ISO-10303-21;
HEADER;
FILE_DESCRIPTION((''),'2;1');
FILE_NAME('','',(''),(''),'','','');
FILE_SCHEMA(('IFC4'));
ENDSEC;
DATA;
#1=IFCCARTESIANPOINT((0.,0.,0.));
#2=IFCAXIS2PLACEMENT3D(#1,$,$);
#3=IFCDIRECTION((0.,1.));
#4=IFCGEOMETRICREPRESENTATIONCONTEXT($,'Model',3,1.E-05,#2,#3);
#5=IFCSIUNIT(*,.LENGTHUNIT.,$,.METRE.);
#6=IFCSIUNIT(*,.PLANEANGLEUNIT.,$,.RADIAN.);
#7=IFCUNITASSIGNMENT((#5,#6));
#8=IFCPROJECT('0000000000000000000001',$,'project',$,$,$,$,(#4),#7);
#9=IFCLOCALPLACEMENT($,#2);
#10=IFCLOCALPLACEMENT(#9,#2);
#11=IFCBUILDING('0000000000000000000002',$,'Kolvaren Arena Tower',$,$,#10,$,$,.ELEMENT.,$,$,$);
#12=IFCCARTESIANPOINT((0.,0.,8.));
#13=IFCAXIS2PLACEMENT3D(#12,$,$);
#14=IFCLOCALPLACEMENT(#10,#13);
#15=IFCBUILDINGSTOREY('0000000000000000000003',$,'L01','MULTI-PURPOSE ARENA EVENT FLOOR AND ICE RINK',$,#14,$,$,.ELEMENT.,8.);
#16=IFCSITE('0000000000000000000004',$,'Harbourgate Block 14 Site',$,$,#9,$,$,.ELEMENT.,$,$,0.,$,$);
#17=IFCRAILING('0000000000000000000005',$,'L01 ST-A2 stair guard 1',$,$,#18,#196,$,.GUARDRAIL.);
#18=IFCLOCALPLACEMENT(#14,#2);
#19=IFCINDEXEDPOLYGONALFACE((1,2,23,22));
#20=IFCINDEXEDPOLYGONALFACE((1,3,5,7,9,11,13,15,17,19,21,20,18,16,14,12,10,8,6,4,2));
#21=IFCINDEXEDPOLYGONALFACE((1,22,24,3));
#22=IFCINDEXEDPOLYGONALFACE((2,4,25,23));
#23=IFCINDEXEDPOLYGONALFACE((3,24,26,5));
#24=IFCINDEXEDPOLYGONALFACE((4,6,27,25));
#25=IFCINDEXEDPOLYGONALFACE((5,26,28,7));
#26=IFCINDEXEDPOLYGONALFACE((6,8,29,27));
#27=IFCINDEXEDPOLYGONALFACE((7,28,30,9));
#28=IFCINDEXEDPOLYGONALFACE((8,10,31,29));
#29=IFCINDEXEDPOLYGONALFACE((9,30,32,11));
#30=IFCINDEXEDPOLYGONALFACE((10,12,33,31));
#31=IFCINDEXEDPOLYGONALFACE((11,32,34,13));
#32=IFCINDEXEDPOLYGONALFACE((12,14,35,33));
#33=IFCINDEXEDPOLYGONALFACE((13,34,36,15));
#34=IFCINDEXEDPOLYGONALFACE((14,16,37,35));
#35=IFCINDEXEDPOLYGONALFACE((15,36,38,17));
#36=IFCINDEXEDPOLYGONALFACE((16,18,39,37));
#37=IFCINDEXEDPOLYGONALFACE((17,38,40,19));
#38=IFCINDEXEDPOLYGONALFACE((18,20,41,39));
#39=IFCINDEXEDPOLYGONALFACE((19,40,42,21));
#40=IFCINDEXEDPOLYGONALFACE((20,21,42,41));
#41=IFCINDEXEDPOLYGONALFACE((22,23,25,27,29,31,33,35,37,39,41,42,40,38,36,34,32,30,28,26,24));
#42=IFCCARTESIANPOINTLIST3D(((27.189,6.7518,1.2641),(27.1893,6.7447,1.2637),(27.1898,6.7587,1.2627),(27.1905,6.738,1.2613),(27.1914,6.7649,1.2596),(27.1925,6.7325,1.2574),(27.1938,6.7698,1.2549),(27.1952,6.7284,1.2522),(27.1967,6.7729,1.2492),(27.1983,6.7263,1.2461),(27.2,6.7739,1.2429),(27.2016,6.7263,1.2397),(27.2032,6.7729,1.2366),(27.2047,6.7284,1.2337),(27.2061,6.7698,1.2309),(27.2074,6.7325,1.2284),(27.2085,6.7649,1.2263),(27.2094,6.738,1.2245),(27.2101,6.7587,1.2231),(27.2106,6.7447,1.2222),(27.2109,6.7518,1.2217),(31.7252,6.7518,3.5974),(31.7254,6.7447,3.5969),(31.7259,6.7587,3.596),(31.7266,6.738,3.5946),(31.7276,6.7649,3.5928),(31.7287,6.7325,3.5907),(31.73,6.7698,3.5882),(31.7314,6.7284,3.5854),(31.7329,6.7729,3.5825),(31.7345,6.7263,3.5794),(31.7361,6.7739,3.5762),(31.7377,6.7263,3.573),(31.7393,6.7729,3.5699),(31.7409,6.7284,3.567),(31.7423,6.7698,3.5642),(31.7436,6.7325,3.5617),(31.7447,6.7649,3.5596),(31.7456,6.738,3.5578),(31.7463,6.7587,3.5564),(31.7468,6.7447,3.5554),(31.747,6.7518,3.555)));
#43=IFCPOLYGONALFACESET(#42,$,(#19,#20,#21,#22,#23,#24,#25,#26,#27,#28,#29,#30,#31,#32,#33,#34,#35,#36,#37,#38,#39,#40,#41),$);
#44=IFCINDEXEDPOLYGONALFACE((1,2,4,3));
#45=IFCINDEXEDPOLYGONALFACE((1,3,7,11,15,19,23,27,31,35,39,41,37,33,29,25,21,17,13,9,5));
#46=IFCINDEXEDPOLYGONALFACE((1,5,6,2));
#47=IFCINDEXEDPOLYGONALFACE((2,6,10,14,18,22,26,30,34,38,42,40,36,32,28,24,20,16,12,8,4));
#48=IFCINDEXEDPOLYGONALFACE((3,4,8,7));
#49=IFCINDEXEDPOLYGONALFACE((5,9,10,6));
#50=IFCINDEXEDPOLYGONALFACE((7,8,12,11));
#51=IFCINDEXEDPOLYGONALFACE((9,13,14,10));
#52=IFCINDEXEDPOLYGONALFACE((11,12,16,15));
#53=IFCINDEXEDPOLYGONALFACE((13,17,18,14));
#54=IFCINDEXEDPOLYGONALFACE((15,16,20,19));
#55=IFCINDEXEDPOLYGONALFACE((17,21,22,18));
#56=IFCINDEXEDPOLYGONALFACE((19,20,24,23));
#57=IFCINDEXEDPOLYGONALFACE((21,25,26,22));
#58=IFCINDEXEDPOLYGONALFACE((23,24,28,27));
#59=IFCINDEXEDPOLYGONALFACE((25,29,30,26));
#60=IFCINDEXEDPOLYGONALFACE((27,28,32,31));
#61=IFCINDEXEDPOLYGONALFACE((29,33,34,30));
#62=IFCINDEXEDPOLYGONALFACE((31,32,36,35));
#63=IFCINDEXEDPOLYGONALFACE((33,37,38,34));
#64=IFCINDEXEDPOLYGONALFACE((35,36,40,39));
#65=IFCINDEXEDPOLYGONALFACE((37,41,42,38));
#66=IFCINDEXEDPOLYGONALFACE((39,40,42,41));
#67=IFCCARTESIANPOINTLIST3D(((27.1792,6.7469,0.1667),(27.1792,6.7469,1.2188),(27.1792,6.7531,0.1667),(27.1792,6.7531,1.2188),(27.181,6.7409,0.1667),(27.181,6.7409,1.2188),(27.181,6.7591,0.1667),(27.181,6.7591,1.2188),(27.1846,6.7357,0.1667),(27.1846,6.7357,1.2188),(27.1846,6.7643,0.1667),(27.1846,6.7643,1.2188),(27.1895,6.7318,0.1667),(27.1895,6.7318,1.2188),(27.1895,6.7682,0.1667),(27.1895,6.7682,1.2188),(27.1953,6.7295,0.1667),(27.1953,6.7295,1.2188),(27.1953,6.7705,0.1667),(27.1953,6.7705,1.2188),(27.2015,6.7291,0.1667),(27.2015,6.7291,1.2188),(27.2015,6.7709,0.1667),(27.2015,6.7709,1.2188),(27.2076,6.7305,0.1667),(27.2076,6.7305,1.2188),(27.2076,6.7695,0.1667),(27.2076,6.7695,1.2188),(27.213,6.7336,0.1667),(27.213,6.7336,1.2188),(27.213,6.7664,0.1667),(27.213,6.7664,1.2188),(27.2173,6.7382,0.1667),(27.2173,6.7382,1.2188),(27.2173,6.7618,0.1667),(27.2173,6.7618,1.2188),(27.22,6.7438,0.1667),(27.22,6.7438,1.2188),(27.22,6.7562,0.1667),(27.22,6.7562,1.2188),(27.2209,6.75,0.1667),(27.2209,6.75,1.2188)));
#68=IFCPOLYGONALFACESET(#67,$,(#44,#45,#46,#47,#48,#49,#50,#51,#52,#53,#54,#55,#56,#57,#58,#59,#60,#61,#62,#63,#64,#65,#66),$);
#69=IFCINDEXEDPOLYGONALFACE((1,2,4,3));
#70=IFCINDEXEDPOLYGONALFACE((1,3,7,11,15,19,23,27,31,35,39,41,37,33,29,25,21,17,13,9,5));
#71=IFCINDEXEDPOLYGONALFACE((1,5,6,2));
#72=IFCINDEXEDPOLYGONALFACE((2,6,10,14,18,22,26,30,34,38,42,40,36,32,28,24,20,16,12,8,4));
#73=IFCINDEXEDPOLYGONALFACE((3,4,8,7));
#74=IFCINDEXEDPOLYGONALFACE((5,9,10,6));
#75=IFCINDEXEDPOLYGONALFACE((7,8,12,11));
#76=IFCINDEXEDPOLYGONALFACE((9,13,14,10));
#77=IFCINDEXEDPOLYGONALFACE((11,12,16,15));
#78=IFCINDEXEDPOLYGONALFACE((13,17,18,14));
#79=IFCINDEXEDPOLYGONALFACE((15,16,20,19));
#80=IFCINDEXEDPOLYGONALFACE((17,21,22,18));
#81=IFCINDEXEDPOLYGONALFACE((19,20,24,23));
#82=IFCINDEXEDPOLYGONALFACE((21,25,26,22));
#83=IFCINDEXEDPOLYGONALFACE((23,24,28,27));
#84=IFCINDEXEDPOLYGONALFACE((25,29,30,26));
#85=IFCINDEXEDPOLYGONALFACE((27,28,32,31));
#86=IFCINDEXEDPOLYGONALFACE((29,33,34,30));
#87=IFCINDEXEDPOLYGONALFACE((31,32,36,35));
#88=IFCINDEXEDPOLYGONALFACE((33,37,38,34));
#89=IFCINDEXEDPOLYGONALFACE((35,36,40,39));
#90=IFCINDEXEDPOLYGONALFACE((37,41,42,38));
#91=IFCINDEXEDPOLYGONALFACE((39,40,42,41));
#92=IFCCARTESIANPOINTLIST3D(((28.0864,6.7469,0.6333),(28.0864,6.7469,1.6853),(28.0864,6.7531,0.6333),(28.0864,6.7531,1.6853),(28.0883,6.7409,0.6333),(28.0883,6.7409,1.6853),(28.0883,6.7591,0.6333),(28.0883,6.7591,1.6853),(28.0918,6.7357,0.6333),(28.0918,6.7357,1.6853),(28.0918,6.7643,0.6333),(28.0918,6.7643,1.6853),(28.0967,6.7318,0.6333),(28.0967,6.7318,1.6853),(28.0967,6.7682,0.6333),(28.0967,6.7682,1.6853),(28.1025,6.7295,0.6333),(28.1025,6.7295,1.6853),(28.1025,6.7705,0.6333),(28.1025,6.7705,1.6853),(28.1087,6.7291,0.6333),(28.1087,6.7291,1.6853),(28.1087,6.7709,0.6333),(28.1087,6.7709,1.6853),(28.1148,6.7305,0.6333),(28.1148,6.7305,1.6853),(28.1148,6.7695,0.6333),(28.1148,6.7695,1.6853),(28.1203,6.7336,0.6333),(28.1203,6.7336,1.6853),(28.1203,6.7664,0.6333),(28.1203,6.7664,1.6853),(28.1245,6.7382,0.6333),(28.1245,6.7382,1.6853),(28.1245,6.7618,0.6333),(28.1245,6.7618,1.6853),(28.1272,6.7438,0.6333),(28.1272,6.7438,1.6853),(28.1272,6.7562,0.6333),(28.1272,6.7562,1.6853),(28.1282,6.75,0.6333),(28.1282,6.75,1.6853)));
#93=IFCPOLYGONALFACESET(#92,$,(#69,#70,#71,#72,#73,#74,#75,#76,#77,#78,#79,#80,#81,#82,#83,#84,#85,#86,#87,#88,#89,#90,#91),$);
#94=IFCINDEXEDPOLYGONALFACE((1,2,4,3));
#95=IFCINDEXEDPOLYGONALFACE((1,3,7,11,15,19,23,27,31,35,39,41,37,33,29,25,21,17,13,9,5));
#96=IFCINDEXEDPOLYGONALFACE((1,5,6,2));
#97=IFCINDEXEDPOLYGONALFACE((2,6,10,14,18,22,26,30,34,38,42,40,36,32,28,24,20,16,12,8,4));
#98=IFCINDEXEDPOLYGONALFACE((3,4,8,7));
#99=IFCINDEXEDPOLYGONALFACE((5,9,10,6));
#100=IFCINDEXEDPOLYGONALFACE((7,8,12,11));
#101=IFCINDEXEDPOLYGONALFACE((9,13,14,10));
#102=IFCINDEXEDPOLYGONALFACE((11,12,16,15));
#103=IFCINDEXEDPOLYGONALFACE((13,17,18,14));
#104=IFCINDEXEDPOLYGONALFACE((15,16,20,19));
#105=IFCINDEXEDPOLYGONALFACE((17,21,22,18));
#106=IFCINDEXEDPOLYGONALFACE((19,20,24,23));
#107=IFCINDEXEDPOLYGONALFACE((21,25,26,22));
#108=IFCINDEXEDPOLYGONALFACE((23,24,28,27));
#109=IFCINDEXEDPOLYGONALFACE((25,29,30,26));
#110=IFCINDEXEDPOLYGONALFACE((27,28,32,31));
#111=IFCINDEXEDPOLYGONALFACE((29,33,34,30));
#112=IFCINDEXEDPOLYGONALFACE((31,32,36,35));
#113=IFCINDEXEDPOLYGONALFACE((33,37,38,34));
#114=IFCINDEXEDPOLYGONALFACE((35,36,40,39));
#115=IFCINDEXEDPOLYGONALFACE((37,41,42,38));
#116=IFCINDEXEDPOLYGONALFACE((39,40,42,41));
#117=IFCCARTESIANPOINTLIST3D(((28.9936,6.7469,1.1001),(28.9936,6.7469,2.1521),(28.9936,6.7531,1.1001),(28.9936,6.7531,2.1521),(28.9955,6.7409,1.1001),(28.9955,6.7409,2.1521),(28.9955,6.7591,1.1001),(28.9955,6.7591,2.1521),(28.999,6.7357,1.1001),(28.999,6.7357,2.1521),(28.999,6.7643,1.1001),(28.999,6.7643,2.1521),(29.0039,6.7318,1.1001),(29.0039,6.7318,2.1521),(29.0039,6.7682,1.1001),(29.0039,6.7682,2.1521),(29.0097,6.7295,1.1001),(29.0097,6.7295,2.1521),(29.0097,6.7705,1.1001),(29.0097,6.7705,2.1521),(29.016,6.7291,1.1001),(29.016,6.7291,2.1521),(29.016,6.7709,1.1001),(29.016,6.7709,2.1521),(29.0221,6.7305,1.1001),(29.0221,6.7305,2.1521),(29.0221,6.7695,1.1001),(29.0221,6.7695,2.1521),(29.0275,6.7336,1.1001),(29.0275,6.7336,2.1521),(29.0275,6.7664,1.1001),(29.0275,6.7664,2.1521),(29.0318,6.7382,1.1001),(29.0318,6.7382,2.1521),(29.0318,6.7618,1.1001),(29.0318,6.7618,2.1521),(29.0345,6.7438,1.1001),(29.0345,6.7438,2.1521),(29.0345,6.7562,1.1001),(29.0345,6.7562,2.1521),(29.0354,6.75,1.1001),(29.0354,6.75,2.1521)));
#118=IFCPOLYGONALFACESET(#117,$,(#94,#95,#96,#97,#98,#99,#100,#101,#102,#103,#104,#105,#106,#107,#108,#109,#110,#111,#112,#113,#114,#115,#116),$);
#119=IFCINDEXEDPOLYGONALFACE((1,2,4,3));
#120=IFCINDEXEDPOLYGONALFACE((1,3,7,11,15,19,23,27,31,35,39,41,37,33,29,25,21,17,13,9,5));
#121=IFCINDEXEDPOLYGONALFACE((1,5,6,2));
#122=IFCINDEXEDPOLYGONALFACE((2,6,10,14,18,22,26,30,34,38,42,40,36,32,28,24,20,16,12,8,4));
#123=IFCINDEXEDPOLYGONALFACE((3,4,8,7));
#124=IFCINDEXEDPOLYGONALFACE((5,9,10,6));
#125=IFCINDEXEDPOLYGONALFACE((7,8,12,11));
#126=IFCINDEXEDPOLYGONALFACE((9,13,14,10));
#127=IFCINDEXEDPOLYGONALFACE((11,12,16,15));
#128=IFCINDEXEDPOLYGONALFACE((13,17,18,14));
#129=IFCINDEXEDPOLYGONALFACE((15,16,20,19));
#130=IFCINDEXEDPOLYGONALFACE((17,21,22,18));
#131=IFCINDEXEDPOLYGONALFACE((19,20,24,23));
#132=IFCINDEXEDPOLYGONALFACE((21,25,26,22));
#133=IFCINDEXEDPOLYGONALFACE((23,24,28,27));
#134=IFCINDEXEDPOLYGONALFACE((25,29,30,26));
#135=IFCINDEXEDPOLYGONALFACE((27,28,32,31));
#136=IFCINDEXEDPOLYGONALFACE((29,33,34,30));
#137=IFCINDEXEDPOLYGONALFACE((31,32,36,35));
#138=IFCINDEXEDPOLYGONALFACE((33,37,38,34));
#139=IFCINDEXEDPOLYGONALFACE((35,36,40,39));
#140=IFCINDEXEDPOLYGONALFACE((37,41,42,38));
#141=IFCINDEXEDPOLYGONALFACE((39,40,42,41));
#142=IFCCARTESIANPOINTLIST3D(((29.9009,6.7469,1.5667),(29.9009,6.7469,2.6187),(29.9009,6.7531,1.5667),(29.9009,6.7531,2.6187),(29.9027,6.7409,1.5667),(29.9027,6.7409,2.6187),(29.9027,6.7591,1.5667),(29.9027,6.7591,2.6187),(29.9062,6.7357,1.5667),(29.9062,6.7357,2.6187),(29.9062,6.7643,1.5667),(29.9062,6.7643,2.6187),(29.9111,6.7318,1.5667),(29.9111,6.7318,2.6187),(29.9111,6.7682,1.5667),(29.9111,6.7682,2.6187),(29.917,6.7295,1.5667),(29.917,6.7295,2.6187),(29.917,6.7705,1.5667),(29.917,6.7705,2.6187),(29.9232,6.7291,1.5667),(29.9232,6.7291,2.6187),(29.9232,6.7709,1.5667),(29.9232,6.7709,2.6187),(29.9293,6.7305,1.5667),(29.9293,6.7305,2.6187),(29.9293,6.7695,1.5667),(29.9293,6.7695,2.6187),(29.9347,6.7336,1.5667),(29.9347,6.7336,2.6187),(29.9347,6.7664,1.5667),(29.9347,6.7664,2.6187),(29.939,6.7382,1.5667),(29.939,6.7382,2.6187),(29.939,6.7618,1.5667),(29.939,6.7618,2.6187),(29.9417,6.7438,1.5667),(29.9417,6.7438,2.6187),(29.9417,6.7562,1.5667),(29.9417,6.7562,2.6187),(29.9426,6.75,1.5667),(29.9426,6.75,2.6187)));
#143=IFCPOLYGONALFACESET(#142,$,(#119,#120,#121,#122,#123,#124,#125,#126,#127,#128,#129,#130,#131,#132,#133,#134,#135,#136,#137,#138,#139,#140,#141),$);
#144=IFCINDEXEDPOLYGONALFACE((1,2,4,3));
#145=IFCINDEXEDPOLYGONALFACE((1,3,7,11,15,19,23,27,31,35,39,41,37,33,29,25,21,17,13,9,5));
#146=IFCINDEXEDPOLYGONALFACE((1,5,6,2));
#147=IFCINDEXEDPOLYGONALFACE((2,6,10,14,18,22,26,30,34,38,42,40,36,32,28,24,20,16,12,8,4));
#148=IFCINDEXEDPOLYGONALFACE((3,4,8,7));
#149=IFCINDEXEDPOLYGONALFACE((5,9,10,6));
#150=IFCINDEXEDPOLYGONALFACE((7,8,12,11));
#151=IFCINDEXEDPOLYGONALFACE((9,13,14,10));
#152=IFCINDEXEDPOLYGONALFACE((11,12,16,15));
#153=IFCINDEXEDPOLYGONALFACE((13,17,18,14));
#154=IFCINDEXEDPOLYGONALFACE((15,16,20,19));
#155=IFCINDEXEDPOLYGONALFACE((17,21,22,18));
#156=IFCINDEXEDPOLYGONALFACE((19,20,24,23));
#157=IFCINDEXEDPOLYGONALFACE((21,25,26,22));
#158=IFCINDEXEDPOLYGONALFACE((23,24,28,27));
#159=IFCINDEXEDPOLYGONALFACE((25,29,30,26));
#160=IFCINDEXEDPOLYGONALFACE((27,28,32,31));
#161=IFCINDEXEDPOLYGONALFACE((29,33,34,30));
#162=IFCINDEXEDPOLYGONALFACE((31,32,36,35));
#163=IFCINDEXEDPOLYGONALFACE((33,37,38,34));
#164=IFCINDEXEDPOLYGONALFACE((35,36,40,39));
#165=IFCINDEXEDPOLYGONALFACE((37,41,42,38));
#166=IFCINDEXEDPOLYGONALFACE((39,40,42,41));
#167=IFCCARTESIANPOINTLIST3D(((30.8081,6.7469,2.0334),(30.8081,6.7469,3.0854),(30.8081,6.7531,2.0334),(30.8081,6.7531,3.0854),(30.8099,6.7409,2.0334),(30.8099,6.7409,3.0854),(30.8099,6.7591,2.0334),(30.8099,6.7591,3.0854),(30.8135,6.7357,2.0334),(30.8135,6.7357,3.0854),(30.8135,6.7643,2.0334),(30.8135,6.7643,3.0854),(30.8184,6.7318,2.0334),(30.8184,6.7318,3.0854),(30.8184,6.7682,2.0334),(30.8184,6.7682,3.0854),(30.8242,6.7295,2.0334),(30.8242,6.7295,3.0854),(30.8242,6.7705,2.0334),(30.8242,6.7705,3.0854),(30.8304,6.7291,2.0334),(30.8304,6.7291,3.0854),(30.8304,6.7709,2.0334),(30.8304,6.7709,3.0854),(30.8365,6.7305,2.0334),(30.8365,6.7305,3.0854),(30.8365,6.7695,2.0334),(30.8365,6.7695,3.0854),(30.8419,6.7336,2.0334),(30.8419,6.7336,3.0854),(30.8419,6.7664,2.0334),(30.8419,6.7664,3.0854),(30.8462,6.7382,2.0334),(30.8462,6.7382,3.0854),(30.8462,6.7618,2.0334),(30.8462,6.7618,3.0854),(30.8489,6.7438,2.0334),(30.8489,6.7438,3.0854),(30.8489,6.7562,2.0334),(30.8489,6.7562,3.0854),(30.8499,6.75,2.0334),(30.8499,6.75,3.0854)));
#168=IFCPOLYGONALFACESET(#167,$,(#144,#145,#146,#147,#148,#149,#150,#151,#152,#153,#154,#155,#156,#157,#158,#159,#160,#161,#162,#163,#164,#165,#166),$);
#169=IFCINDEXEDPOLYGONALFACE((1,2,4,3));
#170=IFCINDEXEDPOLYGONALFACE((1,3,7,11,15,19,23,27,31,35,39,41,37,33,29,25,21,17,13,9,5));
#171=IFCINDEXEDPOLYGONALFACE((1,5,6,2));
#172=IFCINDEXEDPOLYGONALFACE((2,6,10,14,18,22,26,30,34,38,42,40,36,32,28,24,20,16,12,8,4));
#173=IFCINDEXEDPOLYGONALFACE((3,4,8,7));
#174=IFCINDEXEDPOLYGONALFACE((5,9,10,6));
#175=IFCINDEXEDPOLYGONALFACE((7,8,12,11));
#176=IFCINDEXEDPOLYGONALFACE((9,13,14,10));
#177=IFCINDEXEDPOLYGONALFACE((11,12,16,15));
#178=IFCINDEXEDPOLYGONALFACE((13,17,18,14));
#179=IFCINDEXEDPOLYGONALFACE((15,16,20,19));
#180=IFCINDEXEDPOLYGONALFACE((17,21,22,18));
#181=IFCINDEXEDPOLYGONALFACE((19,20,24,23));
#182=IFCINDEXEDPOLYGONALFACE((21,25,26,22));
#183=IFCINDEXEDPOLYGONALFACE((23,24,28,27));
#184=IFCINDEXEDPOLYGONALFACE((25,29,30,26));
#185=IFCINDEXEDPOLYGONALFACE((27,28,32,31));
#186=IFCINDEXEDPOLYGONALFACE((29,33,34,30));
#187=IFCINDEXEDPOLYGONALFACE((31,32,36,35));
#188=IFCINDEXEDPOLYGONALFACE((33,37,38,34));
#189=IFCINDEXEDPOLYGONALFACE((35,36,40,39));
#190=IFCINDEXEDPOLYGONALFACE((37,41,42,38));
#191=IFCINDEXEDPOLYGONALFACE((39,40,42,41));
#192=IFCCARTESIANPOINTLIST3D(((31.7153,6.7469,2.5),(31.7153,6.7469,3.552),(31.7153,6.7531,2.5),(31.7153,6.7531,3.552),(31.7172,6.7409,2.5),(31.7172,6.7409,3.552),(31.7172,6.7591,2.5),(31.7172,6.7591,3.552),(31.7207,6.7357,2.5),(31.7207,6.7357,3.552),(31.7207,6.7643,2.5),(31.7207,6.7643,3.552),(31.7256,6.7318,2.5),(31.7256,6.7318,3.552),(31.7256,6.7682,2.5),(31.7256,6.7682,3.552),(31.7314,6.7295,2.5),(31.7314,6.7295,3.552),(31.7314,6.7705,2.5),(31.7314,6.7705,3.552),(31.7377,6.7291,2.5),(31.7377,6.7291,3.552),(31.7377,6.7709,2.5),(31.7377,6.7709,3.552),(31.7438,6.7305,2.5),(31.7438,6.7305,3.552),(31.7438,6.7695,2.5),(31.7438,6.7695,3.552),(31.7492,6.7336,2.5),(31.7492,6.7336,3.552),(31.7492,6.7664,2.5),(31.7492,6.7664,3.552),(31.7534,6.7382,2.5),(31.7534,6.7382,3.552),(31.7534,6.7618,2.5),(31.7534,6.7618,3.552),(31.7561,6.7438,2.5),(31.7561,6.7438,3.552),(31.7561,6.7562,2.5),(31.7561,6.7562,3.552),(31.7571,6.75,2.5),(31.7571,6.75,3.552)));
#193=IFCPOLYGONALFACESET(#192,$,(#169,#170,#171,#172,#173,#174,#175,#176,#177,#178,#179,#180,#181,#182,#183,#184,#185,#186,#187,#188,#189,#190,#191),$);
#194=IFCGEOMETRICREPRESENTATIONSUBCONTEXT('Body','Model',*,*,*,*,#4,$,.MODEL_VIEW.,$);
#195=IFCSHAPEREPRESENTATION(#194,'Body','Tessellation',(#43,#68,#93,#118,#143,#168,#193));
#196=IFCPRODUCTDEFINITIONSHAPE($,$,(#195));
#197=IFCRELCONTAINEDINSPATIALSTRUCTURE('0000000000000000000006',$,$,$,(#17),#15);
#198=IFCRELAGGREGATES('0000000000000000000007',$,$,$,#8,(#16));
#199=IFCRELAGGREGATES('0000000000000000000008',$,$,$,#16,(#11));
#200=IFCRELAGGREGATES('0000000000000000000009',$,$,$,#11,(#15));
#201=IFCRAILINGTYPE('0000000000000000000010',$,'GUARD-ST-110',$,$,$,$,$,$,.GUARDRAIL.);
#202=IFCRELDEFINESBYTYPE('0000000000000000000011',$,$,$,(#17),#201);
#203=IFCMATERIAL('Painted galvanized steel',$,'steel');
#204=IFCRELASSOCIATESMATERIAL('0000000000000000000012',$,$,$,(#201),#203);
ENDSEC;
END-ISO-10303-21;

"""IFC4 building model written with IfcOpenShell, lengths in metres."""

from ifc_helpers import new_model, si_unit, direction, frame, origin, origin_2d, place, context, subcontext, project, spatial, circle, extrude, material, type_object, element, save


model = new_model("IFC4")

# Units and contexts
model_context = context("Model", 3, precision=1e-05, world=origin(), true_north=direction((0.0, 1.0)))
body_context = subcontext(model_context, "Body", "Model", "MODEL_VIEW")
ifc_project = project(units=[si_unit("LENGTHUNIT", "METRE"), si_unit("PLANEANGLEUNIT", "RADIAN")], contexts=[model_context])

# Site, building, storey
site_placement = place(None, origin())
site = spatial("IfcSite", under=ifc_project, at=site_placement, Name="Harbourgate Block 14 Site", CompositionType="ELEMENT", RefElevation=0.0)
building_placement = place(site_placement, origin())
building = spatial("IfcBuilding", under=site, at=building_placement, Name="Kolvaren Arena Tower", CompositionType="ELEMENT")
storey_placement = place(building_placement, frame((0.0, 0.0, 8.0)))
storey = spatial("IfcBuildingStorey", under=building, at=storey_placement, Name="L01", Description="MULTI-PURPOSE ARENA EVENT FLOOR AND ICE RINK", CompositionType="ELEMENT", Elevation=8.0)

# Railing
ifc_material_1 = material(Name="Painted galvanized steel", Category="steel")
railing_type_1 = type_object("IfcRailingType", Name="GUARD-ST-110", PredefinedType="GUARDRAIL", material=ifc_material_1)
railing_1_placement = place(storey_placement, frame((27.2, 6.75, 0.1667)))
element("IfcRailing", 1, at=railing_1_placement, inside=storey, type_object=railing_type_1, Name="L01 ST-A2 stair guard 1", PredefinedType="GUARDRAIL", context=body_context, shape_type="SweptSolid", body=[
    extrude(circle(Radius=0.0239, at=origin_2d()), frame((0.0, 0.0, 1.0762), z_axis=(0.889257, 0.0, 0.457407), x_axis=(0.0, 1.0, 0.0)), (0.0, 0.0, 1.0), 5.1011),
    extrude(circle(Radius=0.021, at=origin_2d()), origin(), (0.0, 0.0, 1.0), 1.052),
    extrude(circle(Radius=0.021, at=origin_2d()), frame((0.9072, 0.0, 0.4666)), (0.0, 0.0, 1.0), 1.052),
    extrude(circle(Radius=0.021, at=origin_2d()), frame((1.8145, 0.0, 0.9333)), (0.0, 0.0, 1.0), 1.052),
    extrude(circle(Radius=0.021, at=origin_2d()), frame((2.7217, 0.0, 1.3999)), (0.0, 0.0, 1.0), 1.052),
    extrude(circle(Radius=0.021, at=origin_2d()), frame((3.6289, 0.0, 1.8667)), (0.0, 0.0, 1.0), 1.052),
    extrude(circle(Radius=0.021, at=origin_2d()), frame((4.5361, 0.0, 2.3333)), (0.0, 0.0, 1.0), 1.052),
])

save(model, "model.ifc")
